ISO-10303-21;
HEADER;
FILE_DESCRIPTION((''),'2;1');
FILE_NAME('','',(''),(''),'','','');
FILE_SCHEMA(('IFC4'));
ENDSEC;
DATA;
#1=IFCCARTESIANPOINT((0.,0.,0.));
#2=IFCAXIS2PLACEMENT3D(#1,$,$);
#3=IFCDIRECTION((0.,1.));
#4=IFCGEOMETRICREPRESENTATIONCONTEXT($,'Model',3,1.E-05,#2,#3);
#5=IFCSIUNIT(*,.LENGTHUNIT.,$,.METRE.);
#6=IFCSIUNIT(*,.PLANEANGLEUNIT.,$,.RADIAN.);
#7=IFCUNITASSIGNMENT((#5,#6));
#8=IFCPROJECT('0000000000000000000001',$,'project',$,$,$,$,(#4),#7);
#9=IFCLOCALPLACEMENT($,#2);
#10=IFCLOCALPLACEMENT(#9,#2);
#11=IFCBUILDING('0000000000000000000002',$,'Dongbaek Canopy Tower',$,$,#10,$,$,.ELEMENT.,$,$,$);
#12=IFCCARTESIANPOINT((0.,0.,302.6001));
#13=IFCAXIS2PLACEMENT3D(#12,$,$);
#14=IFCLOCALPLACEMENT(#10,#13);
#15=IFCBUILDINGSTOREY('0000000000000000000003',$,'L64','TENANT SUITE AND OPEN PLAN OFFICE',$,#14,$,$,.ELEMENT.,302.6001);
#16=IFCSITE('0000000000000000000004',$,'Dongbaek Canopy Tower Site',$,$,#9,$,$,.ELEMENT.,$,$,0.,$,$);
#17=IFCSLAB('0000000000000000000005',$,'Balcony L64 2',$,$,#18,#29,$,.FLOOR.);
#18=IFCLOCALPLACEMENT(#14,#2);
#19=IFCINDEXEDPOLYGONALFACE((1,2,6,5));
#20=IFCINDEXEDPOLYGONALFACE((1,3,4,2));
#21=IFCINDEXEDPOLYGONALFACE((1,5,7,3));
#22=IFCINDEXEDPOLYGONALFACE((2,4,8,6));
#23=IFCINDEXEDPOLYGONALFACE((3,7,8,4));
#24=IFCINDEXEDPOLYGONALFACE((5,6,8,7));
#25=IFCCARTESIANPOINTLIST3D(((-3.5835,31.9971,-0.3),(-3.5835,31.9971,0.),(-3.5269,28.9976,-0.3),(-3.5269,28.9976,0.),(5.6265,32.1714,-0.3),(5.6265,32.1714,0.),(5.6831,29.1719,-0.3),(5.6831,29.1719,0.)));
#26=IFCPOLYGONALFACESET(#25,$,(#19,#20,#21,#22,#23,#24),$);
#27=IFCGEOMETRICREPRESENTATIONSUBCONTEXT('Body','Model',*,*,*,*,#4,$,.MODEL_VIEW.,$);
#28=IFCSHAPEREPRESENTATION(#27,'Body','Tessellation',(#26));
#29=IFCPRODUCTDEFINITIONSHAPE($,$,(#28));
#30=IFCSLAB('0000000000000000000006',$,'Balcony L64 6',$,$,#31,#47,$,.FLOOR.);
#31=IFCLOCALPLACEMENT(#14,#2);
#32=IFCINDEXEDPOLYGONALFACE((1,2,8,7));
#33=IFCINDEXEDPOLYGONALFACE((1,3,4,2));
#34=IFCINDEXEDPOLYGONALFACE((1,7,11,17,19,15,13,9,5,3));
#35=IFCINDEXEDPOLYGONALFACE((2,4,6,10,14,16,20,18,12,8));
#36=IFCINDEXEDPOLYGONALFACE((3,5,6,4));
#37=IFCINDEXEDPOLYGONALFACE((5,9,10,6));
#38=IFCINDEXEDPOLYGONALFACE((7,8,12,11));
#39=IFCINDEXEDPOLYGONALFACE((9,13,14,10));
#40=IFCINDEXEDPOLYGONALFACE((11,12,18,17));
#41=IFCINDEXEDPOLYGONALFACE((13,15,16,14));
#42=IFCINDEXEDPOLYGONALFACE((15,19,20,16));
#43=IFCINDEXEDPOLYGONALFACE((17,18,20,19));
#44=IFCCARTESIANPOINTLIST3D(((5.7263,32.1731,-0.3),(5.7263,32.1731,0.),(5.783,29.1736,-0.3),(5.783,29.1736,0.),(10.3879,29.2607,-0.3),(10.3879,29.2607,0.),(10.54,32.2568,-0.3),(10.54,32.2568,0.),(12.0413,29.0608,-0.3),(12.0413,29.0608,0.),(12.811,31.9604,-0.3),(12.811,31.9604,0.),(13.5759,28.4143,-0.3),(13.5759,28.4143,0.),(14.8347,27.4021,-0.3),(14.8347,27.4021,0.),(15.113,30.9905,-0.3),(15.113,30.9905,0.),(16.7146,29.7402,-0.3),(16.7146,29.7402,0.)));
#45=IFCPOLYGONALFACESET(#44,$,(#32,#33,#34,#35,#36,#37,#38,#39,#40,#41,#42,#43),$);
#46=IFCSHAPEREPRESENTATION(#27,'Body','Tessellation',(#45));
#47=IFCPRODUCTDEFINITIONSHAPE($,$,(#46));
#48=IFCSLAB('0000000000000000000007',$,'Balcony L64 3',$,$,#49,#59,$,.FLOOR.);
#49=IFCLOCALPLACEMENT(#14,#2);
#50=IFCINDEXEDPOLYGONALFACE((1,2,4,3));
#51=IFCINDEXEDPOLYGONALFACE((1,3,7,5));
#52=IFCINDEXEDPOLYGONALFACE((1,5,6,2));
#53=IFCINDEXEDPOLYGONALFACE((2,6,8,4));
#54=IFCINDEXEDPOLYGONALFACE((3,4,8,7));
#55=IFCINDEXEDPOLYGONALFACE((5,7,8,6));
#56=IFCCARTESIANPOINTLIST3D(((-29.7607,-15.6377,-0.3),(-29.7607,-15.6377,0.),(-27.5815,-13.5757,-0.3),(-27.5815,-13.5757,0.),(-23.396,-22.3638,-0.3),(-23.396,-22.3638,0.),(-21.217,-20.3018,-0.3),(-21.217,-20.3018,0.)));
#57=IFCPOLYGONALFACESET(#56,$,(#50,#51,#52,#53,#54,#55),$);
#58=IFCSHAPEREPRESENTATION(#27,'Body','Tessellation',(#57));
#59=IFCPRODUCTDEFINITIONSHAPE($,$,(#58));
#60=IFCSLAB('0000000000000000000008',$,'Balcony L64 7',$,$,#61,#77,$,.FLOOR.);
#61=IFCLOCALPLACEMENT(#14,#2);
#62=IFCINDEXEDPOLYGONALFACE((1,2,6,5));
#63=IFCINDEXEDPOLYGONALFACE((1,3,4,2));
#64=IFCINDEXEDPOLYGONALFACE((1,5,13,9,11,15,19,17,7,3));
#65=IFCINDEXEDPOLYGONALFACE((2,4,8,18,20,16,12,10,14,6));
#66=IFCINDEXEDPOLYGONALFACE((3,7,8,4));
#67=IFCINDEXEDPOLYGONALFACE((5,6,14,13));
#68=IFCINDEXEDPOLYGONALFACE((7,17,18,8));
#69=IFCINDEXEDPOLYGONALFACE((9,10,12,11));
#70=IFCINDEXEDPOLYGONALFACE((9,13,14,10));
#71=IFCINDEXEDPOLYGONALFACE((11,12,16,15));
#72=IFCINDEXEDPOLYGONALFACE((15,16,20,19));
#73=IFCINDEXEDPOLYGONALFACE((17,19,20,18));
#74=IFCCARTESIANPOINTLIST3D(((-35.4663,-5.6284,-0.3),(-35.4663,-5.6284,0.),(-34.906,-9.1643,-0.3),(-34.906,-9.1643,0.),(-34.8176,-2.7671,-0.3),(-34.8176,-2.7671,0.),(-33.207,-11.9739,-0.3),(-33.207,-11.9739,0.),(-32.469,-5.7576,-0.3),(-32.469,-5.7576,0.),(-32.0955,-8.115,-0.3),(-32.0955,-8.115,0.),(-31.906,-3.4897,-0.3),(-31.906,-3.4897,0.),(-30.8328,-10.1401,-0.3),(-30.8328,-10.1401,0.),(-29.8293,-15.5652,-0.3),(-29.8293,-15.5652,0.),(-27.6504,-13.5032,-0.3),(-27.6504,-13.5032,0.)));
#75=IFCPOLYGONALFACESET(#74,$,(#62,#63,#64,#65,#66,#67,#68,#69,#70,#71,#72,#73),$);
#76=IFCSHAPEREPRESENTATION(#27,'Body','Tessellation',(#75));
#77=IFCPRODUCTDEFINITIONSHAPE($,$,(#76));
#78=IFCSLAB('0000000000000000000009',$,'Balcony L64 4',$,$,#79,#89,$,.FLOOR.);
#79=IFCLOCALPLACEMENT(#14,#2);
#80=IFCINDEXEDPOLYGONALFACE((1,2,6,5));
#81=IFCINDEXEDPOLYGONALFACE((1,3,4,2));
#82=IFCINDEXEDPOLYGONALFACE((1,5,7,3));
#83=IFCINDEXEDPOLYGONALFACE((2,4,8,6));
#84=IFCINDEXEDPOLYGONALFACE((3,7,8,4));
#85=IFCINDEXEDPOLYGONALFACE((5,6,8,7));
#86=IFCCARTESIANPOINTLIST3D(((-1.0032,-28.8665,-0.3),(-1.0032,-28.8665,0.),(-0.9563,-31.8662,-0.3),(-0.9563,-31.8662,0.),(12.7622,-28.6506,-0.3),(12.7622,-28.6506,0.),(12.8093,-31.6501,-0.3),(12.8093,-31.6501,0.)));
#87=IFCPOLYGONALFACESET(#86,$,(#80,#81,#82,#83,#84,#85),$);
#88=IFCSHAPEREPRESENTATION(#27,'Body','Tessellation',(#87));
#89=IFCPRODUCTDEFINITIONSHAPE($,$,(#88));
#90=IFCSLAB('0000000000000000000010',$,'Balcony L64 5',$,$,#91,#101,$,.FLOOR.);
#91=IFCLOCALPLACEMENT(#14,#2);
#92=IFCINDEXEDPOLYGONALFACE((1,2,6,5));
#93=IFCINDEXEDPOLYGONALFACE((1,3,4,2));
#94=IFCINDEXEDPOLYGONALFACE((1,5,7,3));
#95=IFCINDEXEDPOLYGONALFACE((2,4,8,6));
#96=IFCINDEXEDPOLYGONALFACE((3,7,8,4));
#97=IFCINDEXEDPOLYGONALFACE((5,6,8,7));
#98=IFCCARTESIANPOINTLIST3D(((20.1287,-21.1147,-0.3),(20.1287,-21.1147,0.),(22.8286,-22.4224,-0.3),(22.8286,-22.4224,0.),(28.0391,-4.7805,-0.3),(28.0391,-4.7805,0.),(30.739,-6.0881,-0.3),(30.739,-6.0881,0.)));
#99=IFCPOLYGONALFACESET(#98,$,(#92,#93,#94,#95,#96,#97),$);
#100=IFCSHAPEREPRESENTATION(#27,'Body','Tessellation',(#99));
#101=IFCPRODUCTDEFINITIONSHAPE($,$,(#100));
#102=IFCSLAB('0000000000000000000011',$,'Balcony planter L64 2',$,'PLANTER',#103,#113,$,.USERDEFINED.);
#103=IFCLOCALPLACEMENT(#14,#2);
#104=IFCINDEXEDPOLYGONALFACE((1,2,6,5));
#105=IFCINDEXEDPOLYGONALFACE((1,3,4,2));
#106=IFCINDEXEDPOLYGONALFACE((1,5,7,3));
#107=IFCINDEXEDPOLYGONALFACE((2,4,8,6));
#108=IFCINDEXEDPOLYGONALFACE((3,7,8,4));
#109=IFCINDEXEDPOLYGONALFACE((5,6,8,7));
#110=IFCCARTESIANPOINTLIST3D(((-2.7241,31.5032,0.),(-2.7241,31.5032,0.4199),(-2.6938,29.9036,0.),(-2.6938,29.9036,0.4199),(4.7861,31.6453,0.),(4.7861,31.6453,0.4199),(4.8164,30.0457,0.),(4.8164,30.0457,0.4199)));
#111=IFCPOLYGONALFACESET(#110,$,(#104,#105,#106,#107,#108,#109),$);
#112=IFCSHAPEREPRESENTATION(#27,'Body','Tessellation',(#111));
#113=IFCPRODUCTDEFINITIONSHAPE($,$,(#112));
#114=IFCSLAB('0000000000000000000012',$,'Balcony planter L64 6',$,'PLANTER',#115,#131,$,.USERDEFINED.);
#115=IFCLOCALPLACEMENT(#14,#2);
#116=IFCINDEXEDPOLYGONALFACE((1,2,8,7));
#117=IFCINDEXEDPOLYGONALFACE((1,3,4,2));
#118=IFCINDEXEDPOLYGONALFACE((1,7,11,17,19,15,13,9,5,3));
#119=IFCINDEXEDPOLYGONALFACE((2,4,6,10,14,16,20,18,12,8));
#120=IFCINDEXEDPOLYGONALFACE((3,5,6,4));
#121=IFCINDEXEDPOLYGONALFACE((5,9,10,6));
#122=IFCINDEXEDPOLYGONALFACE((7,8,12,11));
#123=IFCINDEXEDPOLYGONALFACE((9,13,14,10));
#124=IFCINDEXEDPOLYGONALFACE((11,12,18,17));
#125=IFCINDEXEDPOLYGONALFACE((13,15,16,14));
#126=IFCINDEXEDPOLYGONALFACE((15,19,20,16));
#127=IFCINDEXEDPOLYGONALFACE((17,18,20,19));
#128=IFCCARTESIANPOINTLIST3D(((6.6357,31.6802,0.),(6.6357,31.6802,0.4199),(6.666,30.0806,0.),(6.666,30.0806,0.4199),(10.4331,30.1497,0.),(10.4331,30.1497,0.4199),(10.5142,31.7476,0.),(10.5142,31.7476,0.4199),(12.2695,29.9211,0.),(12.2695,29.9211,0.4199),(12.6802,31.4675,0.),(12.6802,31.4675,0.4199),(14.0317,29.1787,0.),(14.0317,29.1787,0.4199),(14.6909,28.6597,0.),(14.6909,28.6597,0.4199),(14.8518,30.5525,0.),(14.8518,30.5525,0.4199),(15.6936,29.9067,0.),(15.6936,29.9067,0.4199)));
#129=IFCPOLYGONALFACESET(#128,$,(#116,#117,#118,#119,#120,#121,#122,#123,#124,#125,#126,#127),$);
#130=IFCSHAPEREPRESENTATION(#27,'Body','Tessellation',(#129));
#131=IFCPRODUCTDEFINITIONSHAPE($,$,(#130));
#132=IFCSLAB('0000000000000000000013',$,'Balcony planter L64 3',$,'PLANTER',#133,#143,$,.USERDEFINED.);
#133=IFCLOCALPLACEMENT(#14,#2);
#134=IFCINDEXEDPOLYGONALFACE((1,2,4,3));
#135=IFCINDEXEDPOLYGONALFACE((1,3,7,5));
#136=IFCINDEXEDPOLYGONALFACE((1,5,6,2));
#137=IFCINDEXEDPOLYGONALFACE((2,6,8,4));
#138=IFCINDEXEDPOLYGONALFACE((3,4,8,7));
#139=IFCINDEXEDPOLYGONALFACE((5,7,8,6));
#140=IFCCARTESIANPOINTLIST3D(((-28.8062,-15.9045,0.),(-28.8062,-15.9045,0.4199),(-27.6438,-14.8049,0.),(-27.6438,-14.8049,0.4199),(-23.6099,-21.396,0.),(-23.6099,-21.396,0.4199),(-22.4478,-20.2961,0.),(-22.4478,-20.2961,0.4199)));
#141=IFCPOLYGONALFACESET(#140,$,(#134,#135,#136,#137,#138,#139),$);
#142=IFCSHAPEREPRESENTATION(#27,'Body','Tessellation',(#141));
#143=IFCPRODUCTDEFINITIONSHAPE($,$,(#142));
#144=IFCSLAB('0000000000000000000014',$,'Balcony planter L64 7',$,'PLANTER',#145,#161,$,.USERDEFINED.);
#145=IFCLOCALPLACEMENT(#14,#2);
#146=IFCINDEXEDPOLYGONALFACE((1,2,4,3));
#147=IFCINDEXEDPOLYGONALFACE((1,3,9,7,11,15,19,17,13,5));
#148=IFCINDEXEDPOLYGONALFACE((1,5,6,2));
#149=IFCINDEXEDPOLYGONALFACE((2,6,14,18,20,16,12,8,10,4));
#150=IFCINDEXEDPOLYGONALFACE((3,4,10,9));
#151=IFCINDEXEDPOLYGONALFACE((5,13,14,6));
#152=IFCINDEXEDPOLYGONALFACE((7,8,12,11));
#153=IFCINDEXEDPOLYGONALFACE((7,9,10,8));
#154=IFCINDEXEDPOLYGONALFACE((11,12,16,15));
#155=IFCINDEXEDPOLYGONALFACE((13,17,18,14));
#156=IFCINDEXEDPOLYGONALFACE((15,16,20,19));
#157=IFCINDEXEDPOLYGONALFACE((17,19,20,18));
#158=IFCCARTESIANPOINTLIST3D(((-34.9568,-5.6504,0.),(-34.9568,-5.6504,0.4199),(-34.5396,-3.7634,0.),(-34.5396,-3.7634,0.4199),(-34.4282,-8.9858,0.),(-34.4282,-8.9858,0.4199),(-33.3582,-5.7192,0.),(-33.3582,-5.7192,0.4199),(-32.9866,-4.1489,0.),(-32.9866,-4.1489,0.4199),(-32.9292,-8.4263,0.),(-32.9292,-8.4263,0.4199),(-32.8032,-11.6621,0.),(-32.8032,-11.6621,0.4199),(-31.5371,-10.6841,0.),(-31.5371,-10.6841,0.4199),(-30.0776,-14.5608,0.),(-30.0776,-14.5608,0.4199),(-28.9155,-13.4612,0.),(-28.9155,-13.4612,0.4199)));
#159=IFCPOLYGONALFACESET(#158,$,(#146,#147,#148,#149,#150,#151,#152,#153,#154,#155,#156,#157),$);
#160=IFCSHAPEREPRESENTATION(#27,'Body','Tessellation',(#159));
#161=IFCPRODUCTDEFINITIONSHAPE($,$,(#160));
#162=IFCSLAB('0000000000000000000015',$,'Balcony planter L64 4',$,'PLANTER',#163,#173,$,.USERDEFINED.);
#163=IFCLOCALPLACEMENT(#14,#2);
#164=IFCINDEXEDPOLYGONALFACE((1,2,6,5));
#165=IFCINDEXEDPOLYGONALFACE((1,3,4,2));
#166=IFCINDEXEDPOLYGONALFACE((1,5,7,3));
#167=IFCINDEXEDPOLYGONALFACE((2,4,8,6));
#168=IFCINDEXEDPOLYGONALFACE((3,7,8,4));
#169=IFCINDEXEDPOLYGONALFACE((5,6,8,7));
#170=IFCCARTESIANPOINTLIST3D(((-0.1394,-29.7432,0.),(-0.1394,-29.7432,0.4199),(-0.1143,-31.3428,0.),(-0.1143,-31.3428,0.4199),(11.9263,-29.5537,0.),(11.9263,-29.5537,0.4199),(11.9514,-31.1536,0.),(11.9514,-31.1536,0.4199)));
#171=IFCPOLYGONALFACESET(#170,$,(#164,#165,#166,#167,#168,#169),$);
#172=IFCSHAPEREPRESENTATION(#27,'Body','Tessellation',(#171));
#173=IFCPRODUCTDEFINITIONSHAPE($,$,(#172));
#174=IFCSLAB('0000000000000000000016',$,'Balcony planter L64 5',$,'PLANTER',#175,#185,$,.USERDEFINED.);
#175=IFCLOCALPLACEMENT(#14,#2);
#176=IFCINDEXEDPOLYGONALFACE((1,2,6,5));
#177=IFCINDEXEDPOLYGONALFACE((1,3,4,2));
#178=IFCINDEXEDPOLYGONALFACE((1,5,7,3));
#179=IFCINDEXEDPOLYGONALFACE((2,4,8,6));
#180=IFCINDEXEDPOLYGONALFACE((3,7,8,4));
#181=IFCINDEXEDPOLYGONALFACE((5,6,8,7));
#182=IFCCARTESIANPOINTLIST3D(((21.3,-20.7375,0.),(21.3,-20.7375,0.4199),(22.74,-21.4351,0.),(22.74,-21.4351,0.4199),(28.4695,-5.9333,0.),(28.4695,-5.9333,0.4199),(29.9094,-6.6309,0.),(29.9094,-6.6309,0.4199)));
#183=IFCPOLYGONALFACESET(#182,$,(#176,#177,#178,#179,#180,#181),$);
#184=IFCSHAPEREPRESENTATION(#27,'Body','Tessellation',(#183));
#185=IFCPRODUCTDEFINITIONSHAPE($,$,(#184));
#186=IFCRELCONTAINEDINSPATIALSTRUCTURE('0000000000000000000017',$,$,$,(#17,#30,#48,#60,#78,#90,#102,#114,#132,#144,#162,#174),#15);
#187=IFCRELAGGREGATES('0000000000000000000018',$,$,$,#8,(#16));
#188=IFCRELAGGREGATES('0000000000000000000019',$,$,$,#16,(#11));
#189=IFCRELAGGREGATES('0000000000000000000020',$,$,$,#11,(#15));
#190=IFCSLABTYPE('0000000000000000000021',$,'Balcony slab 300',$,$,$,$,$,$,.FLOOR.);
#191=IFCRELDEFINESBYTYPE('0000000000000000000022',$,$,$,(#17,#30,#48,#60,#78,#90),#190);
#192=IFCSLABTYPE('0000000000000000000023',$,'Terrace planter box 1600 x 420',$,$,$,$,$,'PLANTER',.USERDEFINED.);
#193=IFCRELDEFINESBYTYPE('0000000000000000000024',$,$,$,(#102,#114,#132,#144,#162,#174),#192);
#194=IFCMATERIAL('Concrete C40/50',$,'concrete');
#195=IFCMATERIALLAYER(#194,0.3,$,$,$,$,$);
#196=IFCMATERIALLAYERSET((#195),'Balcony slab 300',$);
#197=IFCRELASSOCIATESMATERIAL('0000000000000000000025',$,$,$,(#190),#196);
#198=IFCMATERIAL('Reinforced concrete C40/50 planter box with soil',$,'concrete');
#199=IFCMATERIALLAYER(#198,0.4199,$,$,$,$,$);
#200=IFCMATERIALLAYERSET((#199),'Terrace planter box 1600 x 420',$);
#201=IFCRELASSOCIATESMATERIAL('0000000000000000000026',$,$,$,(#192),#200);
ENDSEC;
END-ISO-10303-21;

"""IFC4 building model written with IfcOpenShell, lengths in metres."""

from ifc_helpers import new_model, si_unit, direction, frame, origin, place, context, subcontext, project, spatial, polyline, outline, extrude, material, layer, layer_set, type_object, element, save


model = new_model("IFC4")

# Units and contexts
model_context = context("Model", 3, precision=1e-05, world=origin(), true_north=direction((0.0, 1.0)))
body_context = subcontext(model_context, "Body", "Model", "MODEL_VIEW")
ifc_project = project(units=[si_unit("LENGTHUNIT", "METRE"), si_unit("PLANEANGLEUNIT", "RADIAN")], contexts=[model_context])

# Site, building, storey
site_placement = place(None, origin())
site = spatial("IfcSite", under=ifc_project, at=site_placement, Name="Dongbaek Canopy Tower Site", CompositionType="ELEMENT", RefElevation=0.0)
building_placement = place(site_placement, origin())
building = spatial("IfcBuilding", under=site, at=building_placement, Name="Dongbaek Canopy Tower", CompositionType="ELEMENT")
storey_placement = place(building_placement, frame((0.0, 0.0, 302.6001)))
storey = spatial("IfcBuildingStorey", under=building, at=storey_placement, Name="L64", Description="TENANT SUITE AND OPEN PLAN OFFICE", CompositionType="ELEMENT", Elevation=302.6001)

# Slabs
ifc_material_1 = material(Name="Concrete C40/50", Category="concrete")
ifc_layer_1 = layer(ifc_material_1, 0.3)
ifc_layer_set_1 = layer_set([ifc_layer_1], Name="Balcony slab 300")
slab_type_1 = type_object("IfcSlabType", Name="Balcony slab 300", PredefinedType="FLOOR", material=ifc_layer_set_1)
slab_1_placement = place(storey_placement, frame((0.0, 0.0, -0.3)))
element("IfcSlab", 1, at=slab_1_placement, inside=storey, type_object=slab_type_1, Name="Balcony L64 2", PredefinedType="FLOOR", context=body_context, shape_type="SweptSolid", body=[
    extrude(outline(polyline([(5.6831, 29.1719), (-3.5269, 28.9976), (-3.5835, 31.9971), (5.6265, 32.1714), (5.6831, 29.1719)])), origin(), (0.0, 0.0, 1.0), 0.3),
])
slab_2_placement = place(storey_placement, frame((0.0, 0.0, -0.3)))
element("IfcSlab", 2, at=slab_2_placement, inside=storey, type_object=slab_type_1, Name="Balcony L64 6", PredefinedType="FLOOR", context=body_context, shape_type="SweptSolid", body=[
    extrude(outline(polyline([(14.8347, 27.4021), (13.5759, 28.4143), (12.0413, 29.0608), (10.3879, 29.2607), (5.783, 29.1736), (5.7263, 32.1731), (10.54, 32.2568), (12.811, 31.9604), (15.113, 30.9905), (16.7146, 29.7402), (14.8347, 27.4021)])), origin(), (0.0, 0.0, 1.0), 0.3),
])
slab_3_placement = place(storey_placement, frame((0.0, 0.0, -0.3)))
element("IfcSlab", 3, at=slab_3_placement, inside=storey, type_object=slab_type_1, Name="Balcony L64 3", PredefinedType="FLOOR", context=body_context, shape_type="SweptSolid", body=[
    extrude(outline(polyline([(-27.5815, -13.5757), (-21.217, -20.3018), (-23.396, -22.3638), (-29.7607, -15.6377), (-27.5815, -13.5757)])), origin(), (0.0, 0.0, 1.0), 0.3),
])
slab_4_placement = place(storey_placement, frame((0.0, 0.0, -0.3)))
element("IfcSlab", 4, at=slab_4_placement, inside=storey, type_object=slab_type_1, Name="Balcony L64 7", PredefinedType="FLOOR", context=body_context, shape_type="SweptSolid", body=[
    extrude(outline(polyline([(-31.906, -3.4897), (-32.469, -5.7576), (-32.0955, -8.115), (-30.8328, -10.1401), (-27.6504, -13.5032), (-29.8293, -15.5652), (-33.207, -11.9739), (-34.906, -9.1643), (-35.4663, -5.6284), (-34.8176, -2.7671), (-31.906, -3.4897)])), origin(), (0.0, 0.0, 1.0), 0.3),
])
slab_5_placement = place(storey_placement, frame((0.0, 0.0, -0.3)))
element("IfcSlab", 5, at=slab_5_placement, inside=storey, type_object=slab_type_1, Name="Balcony L64 4", PredefinedType="FLOOR", context=body_context, shape_type="SweptSolid", body=[
    extrude(outline(polyline([(-1.0032, -28.8665), (12.7622, -28.6506), (12.8093, -31.6501), (-0.9563, -31.8662), (-1.0032, -28.8665)])), origin(), (0.0, 0.0, 1.0), 0.3),
])
slab_6_placement = place(storey_placement, frame((0.0, 0.0, -0.3)))
element("IfcSlab", 6, at=slab_6_placement, inside=storey, type_object=slab_type_1, Name="Balcony L64 5", PredefinedType="FLOOR", context=body_context, shape_type="SweptSolid", body=[
    extrude(outline(polyline([(20.1287, -21.1147), (28.0391, -4.7805), (30.739, -6.0881), (22.8286, -22.4224), (20.1287, -21.1147)])), origin(), (0.0, 0.0, 1.0), 0.3),
])
ifc_material_2 = material(Name="Reinforced concrete C40/50 planter box with soil", Category="concrete")
ifc_layer_2 = layer(ifc_material_2, 0.4199)
ifc_layer_set_2 = layer_set([ifc_layer_2], Name="Terrace planter box 1600 x 420")
slab_type_2 = type_object("IfcSlabType", Name="Terrace planter box 1600 x 420", ElementType="PLANTER", PredefinedType="USERDEFINED", material=ifc_layer_set_2)
slab_7_placement = place(storey_placement, origin())
element("IfcSlab", 7, at=slab_7_placement, inside=storey, type_object=slab_type_2, Name="Balcony planter L64 2", ObjectType="PLANTER", PredefinedType="USERDEFINED", context=body_context, shape_type="SweptSolid", body=[
    extrude(outline(polyline([(4.8164, 30.0457), (-2.6938, 29.9036), (-2.7241, 31.5032), (4.7861, 31.6453), (4.8164, 30.0457)])), origin(), (0.0, 0.0, 1.0), 0.4199),
])
slab_8_placement = place(storey_placement, origin())
element("IfcSlab", 8, at=slab_8_placement, inside=storey, type_object=slab_type_2, Name="Balcony planter L64 6", ObjectType="PLANTER", PredefinedType="USERDEFINED", context=body_context, shape_type="SweptSolid", body=[
    extrude(outline(polyline([(14.6909, 28.6597), (14.0317, 29.1787), (12.2695, 29.9211), (10.4331, 30.1497), (6.666, 30.0806), (6.6357, 31.6802), (10.5142, 31.7476), (12.6802, 31.4675), (14.8518, 30.5525), (15.6936, 29.9067), (14.6909, 28.6597)])), origin(), (0.0, 0.0, 1.0), 0.4199),
])
slab_9_placement = place(storey_placement, origin())
element("IfcSlab", 9, at=slab_9_placement, inside=storey, type_object=slab_type_2, Name="Balcony planter L64 3", ObjectType="PLANTER", PredefinedType="USERDEFINED", context=body_context, shape_type="SweptSolid", body=[
    extrude(outline(polyline([(-27.6438, -14.8049), (-22.4478, -20.2961), (-23.6099, -21.396), (-28.8062, -15.9045), (-27.6438, -14.8049)])), origin(), (0.0, 0.0, 1.0), 0.4199),
])
slab_10_placement = place(storey_placement, origin())
element("IfcSlab", 10, at=slab_10_placement, inside=storey, type_object=slab_type_2, Name="Balcony planter L64 7", ObjectType="PLANTER", PredefinedType="USERDEFINED", context=body_context, shape_type="SweptSolid", body=[
    extrude(outline(polyline([(-32.9866, -4.1489), (-33.3582, -5.7192), (-32.9292, -8.4263), (-31.5371, -10.6841), (-28.9155, -13.4612), (-30.0776, -14.5608), (-32.8032, -11.6621), (-34.4282, -8.9858), (-34.9568, -5.6504), (-34.5396, -3.7634), (-32.9866, -4.1489)])), origin(), (0.0, 0.0, 1.0), 0.4199),
])
slab_11_placement = place(storey_placement, origin())
element("IfcSlab", 11, at=slab_11_placement, inside=storey, type_object=slab_type_2, Name="Balcony planter L64 4", ObjectType="PLANTER", PredefinedType="USERDEFINED", context=body_context, shape_type="SweptSolid", body=[
    extrude(outline(polyline([(-0.1394, -29.7432), (11.9263, -29.5537), (11.9514, -31.1536), (-0.1143, -31.3428), (-0.1394, -29.7432)])), origin(), (0.0, 0.0, 1.0), 0.4199),
])
slab_12_placement = place(storey_placement, origin())
element("IfcSlab", 12, at=slab_12_placement, inside=storey, type_object=slab_type_2, Name="Balcony planter L64 5", ObjectType="PLANTER", PredefinedType="USERDEFINED", context=body_context, shape_type="SweptSolid", body=[
    extrude(outline(polyline([(21.3, -20.7375), (28.4695, -5.9333), (29.9094, -6.6309), (22.74, -21.4351), (21.3, -20.7375)])), origin(), (0.0, 0.0, 1.0), 0.4199),
])

save(model, "model.ifc")
